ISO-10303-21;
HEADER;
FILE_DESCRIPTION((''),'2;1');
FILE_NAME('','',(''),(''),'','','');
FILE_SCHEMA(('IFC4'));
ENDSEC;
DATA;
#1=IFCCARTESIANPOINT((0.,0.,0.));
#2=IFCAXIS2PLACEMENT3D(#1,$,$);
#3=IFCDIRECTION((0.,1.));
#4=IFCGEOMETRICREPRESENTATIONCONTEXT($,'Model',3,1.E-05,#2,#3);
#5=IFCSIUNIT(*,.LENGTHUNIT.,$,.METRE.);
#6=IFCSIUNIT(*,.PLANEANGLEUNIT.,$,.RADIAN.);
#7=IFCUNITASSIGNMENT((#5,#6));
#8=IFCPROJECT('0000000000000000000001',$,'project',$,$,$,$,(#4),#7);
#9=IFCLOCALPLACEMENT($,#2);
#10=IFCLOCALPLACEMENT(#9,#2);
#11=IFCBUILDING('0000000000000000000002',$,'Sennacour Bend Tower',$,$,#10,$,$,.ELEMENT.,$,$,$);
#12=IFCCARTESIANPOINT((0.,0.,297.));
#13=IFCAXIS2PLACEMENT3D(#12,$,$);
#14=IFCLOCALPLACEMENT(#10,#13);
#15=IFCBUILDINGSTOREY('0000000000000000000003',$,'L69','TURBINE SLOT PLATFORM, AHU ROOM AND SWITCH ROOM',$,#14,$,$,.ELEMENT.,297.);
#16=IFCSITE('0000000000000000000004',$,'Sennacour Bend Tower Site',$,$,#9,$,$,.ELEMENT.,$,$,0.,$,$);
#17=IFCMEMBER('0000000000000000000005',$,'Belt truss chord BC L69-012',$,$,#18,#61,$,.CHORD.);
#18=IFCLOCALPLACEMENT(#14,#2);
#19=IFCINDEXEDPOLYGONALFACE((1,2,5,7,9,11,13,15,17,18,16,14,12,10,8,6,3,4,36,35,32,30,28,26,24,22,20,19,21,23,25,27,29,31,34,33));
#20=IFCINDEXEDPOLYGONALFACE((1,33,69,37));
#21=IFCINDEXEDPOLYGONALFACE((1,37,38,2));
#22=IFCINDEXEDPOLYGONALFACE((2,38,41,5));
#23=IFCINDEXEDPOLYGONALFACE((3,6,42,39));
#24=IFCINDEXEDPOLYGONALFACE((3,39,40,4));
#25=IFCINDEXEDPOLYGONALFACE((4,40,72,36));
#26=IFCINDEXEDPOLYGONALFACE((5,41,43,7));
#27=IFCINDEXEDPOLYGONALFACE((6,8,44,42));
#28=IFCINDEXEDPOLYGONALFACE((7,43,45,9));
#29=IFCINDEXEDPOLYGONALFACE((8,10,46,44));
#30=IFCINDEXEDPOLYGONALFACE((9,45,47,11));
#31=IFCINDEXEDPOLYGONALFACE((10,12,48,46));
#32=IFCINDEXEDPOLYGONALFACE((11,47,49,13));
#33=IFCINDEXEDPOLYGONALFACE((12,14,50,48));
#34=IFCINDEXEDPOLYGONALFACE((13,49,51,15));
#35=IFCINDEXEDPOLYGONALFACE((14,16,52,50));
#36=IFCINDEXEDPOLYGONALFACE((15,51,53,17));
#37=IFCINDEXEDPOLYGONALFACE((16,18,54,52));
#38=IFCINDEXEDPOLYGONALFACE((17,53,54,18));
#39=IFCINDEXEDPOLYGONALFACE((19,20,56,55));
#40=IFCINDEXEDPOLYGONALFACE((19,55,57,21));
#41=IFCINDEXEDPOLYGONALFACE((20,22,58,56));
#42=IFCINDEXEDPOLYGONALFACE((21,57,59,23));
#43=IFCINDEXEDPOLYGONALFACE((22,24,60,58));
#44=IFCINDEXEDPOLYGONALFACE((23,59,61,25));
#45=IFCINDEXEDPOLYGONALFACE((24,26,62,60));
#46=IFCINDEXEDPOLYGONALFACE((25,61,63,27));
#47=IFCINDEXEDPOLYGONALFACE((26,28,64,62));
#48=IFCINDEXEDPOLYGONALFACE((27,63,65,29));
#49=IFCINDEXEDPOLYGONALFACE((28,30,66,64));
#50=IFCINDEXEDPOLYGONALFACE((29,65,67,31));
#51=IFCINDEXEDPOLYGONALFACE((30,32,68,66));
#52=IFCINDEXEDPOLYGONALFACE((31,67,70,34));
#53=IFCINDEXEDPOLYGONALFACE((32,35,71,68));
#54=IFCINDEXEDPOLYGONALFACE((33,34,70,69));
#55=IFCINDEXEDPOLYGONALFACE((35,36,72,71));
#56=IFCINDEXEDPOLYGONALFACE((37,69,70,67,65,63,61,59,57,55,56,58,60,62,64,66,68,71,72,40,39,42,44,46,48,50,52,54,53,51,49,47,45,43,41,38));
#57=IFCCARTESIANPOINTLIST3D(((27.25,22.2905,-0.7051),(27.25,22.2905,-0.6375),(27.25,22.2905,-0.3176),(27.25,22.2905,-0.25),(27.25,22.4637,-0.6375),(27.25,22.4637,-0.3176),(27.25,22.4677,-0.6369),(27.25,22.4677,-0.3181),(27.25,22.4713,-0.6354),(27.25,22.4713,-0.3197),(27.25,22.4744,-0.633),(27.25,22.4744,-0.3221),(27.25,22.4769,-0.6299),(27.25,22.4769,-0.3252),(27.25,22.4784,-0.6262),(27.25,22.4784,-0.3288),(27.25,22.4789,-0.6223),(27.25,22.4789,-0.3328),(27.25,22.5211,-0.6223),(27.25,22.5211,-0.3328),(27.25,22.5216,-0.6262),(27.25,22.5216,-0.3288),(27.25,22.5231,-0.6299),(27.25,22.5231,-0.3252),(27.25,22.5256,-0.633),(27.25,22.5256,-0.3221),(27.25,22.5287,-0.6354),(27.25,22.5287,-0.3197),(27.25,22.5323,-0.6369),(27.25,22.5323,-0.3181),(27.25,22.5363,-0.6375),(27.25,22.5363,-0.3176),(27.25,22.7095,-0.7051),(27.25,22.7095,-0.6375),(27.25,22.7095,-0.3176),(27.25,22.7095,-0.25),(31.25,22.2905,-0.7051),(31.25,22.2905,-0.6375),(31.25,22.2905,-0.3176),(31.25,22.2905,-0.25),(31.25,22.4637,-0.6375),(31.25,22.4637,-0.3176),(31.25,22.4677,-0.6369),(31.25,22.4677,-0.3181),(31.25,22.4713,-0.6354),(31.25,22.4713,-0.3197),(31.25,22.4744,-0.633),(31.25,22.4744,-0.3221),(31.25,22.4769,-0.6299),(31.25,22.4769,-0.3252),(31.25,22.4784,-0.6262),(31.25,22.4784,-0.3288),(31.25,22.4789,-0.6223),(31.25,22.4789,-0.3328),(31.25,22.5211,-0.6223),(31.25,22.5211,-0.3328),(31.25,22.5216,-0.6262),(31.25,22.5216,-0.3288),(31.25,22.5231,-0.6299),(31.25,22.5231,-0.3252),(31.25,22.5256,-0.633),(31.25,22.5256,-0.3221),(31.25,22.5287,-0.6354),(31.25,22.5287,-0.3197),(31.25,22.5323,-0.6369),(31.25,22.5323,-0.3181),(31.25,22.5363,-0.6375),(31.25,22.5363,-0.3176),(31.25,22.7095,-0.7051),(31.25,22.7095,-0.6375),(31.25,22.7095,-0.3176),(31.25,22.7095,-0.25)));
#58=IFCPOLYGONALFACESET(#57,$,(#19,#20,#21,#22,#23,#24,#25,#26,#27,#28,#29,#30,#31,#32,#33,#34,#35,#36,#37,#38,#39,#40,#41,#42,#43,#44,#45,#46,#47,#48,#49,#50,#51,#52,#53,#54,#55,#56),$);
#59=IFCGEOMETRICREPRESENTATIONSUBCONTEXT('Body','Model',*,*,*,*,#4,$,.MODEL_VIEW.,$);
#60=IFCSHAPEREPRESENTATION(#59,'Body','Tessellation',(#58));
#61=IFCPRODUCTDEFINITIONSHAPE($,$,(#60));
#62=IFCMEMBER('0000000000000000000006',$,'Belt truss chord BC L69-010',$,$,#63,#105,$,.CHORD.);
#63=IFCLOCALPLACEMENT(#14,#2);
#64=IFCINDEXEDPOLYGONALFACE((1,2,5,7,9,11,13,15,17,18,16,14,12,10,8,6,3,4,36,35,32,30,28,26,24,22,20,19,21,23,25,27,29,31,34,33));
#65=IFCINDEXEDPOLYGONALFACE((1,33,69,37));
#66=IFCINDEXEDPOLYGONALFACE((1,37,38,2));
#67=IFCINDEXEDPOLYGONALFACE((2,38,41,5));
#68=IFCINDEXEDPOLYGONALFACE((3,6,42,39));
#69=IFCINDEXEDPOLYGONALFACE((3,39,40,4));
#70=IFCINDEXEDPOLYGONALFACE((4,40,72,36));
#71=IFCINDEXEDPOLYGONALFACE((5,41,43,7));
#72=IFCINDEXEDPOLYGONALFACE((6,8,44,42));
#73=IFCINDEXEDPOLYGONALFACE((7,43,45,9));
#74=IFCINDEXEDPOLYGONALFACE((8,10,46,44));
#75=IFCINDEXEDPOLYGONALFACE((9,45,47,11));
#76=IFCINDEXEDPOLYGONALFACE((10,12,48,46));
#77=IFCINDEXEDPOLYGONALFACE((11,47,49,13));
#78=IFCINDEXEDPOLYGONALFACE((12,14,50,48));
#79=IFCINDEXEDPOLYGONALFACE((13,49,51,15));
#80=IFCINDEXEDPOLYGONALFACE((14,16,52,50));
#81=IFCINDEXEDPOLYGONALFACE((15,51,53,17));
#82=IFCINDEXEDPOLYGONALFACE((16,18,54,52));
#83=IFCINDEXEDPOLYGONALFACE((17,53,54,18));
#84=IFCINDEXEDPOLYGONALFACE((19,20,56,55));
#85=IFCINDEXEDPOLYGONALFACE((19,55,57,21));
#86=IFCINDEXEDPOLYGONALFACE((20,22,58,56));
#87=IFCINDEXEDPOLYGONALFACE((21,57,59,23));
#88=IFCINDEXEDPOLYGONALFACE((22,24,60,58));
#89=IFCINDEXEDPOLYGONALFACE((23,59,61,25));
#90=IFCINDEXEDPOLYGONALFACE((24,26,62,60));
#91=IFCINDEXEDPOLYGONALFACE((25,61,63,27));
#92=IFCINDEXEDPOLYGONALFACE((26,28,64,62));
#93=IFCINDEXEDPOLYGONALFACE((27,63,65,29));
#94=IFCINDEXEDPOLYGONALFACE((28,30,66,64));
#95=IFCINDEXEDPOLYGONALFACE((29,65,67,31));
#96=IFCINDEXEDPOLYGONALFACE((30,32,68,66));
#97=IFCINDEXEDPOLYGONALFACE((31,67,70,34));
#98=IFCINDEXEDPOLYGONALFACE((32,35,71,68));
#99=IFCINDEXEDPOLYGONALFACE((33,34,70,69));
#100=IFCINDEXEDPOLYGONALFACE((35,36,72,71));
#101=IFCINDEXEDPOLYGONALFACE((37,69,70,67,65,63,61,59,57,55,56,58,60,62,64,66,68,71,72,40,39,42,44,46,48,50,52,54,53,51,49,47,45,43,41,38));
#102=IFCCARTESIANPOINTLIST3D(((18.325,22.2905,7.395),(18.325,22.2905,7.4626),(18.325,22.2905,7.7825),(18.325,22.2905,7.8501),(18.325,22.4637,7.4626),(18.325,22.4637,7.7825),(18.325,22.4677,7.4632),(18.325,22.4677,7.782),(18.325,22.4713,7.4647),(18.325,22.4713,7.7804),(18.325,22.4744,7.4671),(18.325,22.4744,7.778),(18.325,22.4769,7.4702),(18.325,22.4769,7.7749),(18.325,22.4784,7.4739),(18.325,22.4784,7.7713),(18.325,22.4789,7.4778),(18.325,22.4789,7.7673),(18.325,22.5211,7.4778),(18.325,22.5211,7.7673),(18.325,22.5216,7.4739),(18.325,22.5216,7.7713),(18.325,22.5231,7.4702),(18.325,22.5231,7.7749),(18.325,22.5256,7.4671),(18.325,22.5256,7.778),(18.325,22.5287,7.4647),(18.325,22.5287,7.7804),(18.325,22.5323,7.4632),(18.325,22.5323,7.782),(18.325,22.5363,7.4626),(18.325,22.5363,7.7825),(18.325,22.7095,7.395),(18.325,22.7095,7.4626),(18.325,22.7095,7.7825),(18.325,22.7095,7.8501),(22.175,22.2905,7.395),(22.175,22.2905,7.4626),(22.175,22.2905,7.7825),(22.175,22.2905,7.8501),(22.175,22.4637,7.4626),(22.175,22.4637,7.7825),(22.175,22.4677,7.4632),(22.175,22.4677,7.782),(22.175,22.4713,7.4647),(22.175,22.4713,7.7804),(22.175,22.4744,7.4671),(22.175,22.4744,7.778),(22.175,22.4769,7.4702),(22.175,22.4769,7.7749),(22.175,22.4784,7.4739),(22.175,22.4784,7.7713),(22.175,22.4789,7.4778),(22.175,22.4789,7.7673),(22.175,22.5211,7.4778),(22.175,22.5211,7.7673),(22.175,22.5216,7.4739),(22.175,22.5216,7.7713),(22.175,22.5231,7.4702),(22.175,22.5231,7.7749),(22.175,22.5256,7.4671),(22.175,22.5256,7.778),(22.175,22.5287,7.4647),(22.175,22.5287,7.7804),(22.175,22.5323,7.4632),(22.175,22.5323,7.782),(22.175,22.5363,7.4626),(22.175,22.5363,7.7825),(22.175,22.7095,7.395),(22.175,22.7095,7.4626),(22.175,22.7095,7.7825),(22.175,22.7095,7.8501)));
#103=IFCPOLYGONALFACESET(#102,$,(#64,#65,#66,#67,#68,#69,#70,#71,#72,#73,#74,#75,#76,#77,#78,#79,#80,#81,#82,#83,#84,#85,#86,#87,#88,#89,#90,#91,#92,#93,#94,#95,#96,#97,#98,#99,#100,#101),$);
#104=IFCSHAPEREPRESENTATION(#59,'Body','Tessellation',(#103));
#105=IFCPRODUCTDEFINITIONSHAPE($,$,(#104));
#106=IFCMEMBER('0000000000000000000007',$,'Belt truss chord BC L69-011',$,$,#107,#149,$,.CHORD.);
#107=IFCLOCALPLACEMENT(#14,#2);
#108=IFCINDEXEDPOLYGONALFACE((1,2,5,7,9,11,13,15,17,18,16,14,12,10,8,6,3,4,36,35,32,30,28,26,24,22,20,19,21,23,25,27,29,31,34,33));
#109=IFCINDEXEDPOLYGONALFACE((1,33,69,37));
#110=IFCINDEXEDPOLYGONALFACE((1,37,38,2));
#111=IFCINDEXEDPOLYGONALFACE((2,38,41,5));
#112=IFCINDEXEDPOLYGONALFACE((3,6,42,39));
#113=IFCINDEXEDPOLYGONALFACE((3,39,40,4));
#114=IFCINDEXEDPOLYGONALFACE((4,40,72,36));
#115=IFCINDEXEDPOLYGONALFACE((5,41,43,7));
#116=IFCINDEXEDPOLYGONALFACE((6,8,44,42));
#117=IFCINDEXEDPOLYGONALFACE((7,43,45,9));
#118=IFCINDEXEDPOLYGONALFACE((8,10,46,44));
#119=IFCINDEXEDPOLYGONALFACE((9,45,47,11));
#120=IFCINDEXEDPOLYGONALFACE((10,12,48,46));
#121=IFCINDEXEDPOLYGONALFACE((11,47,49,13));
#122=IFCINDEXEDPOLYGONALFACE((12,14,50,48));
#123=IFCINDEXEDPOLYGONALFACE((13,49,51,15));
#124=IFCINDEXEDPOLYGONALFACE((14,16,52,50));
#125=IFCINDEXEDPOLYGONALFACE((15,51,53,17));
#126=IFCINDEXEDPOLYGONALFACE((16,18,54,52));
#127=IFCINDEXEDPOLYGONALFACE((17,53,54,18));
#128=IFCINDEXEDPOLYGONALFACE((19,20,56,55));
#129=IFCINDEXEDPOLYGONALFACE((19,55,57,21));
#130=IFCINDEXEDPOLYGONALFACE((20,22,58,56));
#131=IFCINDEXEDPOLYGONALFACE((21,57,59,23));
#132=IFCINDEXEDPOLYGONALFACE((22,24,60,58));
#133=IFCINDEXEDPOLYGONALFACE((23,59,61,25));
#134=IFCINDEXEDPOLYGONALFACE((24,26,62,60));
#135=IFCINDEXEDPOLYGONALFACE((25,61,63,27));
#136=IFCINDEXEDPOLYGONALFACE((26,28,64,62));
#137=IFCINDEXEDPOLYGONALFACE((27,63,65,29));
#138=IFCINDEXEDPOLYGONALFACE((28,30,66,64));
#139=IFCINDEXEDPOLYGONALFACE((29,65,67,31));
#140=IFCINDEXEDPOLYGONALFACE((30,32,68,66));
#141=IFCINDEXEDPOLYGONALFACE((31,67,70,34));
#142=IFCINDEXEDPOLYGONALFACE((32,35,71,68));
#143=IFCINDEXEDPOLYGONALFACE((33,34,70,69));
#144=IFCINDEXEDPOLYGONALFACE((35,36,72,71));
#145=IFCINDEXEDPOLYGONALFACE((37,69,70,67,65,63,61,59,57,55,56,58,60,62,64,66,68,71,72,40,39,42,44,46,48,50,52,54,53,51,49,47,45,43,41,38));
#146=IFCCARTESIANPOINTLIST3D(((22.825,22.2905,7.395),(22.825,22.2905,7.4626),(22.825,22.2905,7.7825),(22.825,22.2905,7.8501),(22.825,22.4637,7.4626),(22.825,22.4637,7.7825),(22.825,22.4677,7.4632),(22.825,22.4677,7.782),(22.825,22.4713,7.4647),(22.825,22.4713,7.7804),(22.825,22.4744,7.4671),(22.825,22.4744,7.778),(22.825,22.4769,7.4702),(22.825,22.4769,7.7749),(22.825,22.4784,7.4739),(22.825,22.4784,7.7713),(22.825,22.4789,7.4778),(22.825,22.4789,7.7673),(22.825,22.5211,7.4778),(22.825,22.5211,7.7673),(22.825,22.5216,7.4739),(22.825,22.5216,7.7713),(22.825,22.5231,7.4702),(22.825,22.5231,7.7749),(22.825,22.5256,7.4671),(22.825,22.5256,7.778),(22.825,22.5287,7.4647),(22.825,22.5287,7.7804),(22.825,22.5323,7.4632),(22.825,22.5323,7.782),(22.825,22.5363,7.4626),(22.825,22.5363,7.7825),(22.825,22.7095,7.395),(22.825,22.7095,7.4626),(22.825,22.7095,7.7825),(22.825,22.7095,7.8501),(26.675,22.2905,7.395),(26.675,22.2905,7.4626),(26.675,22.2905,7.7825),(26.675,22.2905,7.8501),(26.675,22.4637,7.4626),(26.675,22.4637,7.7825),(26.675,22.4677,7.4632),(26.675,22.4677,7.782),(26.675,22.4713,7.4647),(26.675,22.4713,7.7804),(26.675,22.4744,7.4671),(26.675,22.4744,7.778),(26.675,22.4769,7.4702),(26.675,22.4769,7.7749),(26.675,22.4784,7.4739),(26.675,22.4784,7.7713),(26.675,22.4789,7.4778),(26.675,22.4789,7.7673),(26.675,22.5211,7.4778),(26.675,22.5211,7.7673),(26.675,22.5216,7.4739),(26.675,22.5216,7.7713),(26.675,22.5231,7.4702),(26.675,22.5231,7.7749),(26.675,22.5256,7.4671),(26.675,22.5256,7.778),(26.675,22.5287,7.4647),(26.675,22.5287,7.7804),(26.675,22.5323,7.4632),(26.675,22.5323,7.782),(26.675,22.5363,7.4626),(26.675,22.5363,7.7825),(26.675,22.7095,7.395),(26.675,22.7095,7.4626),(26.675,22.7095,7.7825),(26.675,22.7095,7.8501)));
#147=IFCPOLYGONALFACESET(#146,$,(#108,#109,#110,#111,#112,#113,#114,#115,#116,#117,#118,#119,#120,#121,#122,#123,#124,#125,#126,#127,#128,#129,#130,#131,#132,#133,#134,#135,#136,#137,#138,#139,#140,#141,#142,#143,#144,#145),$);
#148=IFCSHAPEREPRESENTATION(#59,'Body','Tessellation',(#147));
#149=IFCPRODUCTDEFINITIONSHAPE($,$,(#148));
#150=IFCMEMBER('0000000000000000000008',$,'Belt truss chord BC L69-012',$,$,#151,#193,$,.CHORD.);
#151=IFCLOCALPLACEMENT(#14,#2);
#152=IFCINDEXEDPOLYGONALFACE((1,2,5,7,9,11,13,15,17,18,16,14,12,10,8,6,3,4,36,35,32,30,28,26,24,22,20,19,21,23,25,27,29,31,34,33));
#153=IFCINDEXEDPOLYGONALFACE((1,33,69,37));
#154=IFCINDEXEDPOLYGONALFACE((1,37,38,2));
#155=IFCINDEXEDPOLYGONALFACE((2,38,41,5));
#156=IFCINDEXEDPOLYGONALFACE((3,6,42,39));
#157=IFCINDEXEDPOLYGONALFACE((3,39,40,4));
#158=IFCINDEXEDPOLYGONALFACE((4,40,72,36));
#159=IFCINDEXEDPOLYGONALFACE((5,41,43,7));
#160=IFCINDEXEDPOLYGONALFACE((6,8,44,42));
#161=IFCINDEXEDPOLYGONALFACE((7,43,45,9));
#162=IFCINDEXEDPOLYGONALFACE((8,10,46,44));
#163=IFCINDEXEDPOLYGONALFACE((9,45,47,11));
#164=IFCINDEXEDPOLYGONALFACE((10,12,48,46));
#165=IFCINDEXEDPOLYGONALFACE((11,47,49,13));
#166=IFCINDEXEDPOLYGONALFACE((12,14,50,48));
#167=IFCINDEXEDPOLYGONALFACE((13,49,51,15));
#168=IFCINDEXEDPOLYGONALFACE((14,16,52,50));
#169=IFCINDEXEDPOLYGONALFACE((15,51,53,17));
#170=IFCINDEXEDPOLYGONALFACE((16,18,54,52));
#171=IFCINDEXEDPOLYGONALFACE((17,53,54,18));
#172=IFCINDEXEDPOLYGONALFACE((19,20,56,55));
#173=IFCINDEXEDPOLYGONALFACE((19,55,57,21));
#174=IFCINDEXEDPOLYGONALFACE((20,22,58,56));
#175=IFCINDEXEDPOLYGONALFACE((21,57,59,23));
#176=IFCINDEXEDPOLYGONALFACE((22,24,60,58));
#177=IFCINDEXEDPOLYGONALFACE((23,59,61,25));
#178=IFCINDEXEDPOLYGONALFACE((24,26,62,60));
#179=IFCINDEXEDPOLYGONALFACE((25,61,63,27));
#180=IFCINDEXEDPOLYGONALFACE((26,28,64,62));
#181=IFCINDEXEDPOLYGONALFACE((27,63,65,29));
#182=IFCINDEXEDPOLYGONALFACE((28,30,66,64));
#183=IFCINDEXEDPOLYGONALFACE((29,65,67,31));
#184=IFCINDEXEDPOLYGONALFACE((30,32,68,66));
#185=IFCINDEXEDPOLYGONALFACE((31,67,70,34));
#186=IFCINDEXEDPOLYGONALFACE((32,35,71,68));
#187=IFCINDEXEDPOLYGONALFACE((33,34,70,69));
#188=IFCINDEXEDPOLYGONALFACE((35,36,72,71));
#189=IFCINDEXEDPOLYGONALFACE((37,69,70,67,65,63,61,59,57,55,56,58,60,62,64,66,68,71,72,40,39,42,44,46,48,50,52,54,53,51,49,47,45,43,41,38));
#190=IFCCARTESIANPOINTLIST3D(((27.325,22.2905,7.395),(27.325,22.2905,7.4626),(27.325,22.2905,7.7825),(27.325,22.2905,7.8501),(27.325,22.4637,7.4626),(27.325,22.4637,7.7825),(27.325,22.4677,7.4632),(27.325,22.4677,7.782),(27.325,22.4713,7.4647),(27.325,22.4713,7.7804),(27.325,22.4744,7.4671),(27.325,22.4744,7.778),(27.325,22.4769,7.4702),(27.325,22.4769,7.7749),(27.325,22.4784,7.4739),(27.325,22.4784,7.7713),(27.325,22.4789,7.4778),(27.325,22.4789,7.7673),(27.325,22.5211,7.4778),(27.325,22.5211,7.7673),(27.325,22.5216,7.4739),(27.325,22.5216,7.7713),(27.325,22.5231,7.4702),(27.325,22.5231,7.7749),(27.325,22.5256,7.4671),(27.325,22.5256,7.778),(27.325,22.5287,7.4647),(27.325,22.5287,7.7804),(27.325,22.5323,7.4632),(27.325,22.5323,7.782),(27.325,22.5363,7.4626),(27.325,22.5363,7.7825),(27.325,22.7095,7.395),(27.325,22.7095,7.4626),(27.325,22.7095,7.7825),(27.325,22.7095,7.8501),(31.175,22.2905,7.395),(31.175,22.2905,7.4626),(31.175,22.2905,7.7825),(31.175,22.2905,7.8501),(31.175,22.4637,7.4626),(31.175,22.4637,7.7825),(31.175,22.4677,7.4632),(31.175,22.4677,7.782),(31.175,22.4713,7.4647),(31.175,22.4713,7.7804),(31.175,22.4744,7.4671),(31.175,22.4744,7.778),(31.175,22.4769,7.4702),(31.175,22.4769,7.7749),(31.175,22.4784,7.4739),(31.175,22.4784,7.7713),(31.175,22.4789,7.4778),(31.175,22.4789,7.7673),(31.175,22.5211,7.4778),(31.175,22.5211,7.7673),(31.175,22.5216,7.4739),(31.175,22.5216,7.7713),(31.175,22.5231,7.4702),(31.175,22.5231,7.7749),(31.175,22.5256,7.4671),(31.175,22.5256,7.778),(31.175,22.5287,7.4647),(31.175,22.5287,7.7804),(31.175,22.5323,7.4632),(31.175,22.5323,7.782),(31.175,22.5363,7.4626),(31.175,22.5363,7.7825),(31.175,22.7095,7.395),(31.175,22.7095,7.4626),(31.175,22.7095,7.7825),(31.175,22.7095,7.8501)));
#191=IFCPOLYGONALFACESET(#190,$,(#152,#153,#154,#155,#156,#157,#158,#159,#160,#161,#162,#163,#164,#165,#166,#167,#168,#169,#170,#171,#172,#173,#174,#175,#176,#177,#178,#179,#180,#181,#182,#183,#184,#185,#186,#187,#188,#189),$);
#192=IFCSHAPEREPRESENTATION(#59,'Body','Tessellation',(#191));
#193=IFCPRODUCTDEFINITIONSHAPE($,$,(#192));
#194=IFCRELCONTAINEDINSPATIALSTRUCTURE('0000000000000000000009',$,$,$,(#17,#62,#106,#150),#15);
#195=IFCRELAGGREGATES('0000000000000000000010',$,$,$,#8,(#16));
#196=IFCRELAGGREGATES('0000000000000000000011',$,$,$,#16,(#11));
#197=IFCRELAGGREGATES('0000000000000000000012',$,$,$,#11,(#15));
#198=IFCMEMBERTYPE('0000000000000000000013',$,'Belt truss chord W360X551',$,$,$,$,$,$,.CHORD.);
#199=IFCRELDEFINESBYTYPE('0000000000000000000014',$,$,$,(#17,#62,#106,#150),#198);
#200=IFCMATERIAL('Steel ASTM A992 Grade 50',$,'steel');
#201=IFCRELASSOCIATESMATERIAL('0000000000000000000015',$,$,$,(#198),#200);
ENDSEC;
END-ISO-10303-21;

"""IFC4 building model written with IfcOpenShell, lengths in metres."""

from ifc_helpers import new_model, si_unit, direction, frame, origin, origin_2d, place, context, subcontext, project, spatial, i_section, extrude, material, material_profile, profile_set, type_object, element, save


model = new_model("IFC4")

# Units and contexts
model_context = context("Model", 3, precision=1e-05, world=origin(), true_north=direction((0.0, 1.0)))
body_context = subcontext(model_context, "Body", "Model", "MODEL_VIEW")
ifc_project = project(units=[si_unit("LENGTHUNIT", "METRE"), si_unit("PLANEANGLEUNIT", "RADIAN")], contexts=[model_context])

# Site, building, storey
site_placement = place(None, origin())
site = spatial("IfcSite", under=ifc_project, at=site_placement, Name="Sennacour Bend Tower Site", CompositionType="ELEMENT", RefElevation=0.0)
building_placement = place(site_placement, origin())
building = spatial("IfcBuilding", under=site, at=building_placement, Name="Sennacour Bend Tower", CompositionType="ELEMENT")
storey_placement = place(building_placement, frame((0.0, 0.0, 297.0)))
storey = spatial("IfcBuildingStorey", under=building, at=storey_placement, Name="L69", Description="TURBINE SLOT PLATFORM, AHU ROOM AND SWITCH ROOM", CompositionType="ELEMENT", Elevation=297.0)

# Members
ifc_material_1 = material(Name="Steel ASTM A992 Grade 50", Category="steel")
ifc_material_profile_1 = material_profile(ifc_material_1, i_section(OverallWidth=0.4189, OverallDepth=0.4551, WebThickness=0.0422, FlangeThickness=0.0676, FilletRadius=0.0151, at=origin_2d()), Name="Steel ASTM A992 Grade 50", Category="steel")
ifc_profile_set_1 = profile_set([ifc_material_profile_1], Name="Steel ASTM A992 Grade 50")
member_type_1 = type_object("IfcMemberType", Name="Belt truss chord W360X551", PredefinedType="CHORD", material=ifc_profile_set_1)
member_1_placement = place(storey_placement, frame((27.25, 22.5, -0.4775), z_axis=(1.0, 0.0, 0.0), x_axis=(0.0, 1.0, 0.0)))
element("IfcMember", 1, at=member_1_placement, inside=storey, type_object=member_type_1, Name="Belt truss chord BC L69-012", PredefinedType="CHORD", context=body_context, shape_type="SweptSolid", body=[
    extrude(i_section(OverallWidth=0.4189, OverallDepth=0.4551, WebThickness=0.0422, FlangeThickness=0.0676, FilletRadius=0.0151, at=origin_2d()), origin(), (0.0, 0.0, 1.0), 4.0),
])
for number, where, z_axis, x_axis, name in (
    (2, (18.325, 22.5, 7.6226), (1.0, 0.0, 0.0), (0.0, 1.0, 0.0), "Belt truss chord BC L69-010"),
    (3, (22.825, 22.5, 7.6226), (1.0, 0.0, 0.0), (0.0, 1.0, 0.0), "Belt truss chord BC L69-011"),
    (4, (27.325, 22.5, 7.6226), (1.0, 0.0, 0.0), (0.0, 1.0, 0.0), "Belt truss chord BC L69-012"),
):
    element("IfcMember", number, at=place(storey_placement, frame(where, z_axis=z_axis, x_axis=x_axis)), inside=storey, type_object=member_type_1, Name=name, PredefinedType="CHORD", context=body_context, shape_type="SweptSolid", body=[
        extrude(i_section(OverallWidth=0.4189, OverallDepth=0.4551, WebThickness=0.0422, FlangeThickness=0.0676, FilletRadius=0.0151, at=origin_2d()), origin(), (0.0, 0.0, 1.0), 3.8501),
    ])

save(model, "model.ifc")
